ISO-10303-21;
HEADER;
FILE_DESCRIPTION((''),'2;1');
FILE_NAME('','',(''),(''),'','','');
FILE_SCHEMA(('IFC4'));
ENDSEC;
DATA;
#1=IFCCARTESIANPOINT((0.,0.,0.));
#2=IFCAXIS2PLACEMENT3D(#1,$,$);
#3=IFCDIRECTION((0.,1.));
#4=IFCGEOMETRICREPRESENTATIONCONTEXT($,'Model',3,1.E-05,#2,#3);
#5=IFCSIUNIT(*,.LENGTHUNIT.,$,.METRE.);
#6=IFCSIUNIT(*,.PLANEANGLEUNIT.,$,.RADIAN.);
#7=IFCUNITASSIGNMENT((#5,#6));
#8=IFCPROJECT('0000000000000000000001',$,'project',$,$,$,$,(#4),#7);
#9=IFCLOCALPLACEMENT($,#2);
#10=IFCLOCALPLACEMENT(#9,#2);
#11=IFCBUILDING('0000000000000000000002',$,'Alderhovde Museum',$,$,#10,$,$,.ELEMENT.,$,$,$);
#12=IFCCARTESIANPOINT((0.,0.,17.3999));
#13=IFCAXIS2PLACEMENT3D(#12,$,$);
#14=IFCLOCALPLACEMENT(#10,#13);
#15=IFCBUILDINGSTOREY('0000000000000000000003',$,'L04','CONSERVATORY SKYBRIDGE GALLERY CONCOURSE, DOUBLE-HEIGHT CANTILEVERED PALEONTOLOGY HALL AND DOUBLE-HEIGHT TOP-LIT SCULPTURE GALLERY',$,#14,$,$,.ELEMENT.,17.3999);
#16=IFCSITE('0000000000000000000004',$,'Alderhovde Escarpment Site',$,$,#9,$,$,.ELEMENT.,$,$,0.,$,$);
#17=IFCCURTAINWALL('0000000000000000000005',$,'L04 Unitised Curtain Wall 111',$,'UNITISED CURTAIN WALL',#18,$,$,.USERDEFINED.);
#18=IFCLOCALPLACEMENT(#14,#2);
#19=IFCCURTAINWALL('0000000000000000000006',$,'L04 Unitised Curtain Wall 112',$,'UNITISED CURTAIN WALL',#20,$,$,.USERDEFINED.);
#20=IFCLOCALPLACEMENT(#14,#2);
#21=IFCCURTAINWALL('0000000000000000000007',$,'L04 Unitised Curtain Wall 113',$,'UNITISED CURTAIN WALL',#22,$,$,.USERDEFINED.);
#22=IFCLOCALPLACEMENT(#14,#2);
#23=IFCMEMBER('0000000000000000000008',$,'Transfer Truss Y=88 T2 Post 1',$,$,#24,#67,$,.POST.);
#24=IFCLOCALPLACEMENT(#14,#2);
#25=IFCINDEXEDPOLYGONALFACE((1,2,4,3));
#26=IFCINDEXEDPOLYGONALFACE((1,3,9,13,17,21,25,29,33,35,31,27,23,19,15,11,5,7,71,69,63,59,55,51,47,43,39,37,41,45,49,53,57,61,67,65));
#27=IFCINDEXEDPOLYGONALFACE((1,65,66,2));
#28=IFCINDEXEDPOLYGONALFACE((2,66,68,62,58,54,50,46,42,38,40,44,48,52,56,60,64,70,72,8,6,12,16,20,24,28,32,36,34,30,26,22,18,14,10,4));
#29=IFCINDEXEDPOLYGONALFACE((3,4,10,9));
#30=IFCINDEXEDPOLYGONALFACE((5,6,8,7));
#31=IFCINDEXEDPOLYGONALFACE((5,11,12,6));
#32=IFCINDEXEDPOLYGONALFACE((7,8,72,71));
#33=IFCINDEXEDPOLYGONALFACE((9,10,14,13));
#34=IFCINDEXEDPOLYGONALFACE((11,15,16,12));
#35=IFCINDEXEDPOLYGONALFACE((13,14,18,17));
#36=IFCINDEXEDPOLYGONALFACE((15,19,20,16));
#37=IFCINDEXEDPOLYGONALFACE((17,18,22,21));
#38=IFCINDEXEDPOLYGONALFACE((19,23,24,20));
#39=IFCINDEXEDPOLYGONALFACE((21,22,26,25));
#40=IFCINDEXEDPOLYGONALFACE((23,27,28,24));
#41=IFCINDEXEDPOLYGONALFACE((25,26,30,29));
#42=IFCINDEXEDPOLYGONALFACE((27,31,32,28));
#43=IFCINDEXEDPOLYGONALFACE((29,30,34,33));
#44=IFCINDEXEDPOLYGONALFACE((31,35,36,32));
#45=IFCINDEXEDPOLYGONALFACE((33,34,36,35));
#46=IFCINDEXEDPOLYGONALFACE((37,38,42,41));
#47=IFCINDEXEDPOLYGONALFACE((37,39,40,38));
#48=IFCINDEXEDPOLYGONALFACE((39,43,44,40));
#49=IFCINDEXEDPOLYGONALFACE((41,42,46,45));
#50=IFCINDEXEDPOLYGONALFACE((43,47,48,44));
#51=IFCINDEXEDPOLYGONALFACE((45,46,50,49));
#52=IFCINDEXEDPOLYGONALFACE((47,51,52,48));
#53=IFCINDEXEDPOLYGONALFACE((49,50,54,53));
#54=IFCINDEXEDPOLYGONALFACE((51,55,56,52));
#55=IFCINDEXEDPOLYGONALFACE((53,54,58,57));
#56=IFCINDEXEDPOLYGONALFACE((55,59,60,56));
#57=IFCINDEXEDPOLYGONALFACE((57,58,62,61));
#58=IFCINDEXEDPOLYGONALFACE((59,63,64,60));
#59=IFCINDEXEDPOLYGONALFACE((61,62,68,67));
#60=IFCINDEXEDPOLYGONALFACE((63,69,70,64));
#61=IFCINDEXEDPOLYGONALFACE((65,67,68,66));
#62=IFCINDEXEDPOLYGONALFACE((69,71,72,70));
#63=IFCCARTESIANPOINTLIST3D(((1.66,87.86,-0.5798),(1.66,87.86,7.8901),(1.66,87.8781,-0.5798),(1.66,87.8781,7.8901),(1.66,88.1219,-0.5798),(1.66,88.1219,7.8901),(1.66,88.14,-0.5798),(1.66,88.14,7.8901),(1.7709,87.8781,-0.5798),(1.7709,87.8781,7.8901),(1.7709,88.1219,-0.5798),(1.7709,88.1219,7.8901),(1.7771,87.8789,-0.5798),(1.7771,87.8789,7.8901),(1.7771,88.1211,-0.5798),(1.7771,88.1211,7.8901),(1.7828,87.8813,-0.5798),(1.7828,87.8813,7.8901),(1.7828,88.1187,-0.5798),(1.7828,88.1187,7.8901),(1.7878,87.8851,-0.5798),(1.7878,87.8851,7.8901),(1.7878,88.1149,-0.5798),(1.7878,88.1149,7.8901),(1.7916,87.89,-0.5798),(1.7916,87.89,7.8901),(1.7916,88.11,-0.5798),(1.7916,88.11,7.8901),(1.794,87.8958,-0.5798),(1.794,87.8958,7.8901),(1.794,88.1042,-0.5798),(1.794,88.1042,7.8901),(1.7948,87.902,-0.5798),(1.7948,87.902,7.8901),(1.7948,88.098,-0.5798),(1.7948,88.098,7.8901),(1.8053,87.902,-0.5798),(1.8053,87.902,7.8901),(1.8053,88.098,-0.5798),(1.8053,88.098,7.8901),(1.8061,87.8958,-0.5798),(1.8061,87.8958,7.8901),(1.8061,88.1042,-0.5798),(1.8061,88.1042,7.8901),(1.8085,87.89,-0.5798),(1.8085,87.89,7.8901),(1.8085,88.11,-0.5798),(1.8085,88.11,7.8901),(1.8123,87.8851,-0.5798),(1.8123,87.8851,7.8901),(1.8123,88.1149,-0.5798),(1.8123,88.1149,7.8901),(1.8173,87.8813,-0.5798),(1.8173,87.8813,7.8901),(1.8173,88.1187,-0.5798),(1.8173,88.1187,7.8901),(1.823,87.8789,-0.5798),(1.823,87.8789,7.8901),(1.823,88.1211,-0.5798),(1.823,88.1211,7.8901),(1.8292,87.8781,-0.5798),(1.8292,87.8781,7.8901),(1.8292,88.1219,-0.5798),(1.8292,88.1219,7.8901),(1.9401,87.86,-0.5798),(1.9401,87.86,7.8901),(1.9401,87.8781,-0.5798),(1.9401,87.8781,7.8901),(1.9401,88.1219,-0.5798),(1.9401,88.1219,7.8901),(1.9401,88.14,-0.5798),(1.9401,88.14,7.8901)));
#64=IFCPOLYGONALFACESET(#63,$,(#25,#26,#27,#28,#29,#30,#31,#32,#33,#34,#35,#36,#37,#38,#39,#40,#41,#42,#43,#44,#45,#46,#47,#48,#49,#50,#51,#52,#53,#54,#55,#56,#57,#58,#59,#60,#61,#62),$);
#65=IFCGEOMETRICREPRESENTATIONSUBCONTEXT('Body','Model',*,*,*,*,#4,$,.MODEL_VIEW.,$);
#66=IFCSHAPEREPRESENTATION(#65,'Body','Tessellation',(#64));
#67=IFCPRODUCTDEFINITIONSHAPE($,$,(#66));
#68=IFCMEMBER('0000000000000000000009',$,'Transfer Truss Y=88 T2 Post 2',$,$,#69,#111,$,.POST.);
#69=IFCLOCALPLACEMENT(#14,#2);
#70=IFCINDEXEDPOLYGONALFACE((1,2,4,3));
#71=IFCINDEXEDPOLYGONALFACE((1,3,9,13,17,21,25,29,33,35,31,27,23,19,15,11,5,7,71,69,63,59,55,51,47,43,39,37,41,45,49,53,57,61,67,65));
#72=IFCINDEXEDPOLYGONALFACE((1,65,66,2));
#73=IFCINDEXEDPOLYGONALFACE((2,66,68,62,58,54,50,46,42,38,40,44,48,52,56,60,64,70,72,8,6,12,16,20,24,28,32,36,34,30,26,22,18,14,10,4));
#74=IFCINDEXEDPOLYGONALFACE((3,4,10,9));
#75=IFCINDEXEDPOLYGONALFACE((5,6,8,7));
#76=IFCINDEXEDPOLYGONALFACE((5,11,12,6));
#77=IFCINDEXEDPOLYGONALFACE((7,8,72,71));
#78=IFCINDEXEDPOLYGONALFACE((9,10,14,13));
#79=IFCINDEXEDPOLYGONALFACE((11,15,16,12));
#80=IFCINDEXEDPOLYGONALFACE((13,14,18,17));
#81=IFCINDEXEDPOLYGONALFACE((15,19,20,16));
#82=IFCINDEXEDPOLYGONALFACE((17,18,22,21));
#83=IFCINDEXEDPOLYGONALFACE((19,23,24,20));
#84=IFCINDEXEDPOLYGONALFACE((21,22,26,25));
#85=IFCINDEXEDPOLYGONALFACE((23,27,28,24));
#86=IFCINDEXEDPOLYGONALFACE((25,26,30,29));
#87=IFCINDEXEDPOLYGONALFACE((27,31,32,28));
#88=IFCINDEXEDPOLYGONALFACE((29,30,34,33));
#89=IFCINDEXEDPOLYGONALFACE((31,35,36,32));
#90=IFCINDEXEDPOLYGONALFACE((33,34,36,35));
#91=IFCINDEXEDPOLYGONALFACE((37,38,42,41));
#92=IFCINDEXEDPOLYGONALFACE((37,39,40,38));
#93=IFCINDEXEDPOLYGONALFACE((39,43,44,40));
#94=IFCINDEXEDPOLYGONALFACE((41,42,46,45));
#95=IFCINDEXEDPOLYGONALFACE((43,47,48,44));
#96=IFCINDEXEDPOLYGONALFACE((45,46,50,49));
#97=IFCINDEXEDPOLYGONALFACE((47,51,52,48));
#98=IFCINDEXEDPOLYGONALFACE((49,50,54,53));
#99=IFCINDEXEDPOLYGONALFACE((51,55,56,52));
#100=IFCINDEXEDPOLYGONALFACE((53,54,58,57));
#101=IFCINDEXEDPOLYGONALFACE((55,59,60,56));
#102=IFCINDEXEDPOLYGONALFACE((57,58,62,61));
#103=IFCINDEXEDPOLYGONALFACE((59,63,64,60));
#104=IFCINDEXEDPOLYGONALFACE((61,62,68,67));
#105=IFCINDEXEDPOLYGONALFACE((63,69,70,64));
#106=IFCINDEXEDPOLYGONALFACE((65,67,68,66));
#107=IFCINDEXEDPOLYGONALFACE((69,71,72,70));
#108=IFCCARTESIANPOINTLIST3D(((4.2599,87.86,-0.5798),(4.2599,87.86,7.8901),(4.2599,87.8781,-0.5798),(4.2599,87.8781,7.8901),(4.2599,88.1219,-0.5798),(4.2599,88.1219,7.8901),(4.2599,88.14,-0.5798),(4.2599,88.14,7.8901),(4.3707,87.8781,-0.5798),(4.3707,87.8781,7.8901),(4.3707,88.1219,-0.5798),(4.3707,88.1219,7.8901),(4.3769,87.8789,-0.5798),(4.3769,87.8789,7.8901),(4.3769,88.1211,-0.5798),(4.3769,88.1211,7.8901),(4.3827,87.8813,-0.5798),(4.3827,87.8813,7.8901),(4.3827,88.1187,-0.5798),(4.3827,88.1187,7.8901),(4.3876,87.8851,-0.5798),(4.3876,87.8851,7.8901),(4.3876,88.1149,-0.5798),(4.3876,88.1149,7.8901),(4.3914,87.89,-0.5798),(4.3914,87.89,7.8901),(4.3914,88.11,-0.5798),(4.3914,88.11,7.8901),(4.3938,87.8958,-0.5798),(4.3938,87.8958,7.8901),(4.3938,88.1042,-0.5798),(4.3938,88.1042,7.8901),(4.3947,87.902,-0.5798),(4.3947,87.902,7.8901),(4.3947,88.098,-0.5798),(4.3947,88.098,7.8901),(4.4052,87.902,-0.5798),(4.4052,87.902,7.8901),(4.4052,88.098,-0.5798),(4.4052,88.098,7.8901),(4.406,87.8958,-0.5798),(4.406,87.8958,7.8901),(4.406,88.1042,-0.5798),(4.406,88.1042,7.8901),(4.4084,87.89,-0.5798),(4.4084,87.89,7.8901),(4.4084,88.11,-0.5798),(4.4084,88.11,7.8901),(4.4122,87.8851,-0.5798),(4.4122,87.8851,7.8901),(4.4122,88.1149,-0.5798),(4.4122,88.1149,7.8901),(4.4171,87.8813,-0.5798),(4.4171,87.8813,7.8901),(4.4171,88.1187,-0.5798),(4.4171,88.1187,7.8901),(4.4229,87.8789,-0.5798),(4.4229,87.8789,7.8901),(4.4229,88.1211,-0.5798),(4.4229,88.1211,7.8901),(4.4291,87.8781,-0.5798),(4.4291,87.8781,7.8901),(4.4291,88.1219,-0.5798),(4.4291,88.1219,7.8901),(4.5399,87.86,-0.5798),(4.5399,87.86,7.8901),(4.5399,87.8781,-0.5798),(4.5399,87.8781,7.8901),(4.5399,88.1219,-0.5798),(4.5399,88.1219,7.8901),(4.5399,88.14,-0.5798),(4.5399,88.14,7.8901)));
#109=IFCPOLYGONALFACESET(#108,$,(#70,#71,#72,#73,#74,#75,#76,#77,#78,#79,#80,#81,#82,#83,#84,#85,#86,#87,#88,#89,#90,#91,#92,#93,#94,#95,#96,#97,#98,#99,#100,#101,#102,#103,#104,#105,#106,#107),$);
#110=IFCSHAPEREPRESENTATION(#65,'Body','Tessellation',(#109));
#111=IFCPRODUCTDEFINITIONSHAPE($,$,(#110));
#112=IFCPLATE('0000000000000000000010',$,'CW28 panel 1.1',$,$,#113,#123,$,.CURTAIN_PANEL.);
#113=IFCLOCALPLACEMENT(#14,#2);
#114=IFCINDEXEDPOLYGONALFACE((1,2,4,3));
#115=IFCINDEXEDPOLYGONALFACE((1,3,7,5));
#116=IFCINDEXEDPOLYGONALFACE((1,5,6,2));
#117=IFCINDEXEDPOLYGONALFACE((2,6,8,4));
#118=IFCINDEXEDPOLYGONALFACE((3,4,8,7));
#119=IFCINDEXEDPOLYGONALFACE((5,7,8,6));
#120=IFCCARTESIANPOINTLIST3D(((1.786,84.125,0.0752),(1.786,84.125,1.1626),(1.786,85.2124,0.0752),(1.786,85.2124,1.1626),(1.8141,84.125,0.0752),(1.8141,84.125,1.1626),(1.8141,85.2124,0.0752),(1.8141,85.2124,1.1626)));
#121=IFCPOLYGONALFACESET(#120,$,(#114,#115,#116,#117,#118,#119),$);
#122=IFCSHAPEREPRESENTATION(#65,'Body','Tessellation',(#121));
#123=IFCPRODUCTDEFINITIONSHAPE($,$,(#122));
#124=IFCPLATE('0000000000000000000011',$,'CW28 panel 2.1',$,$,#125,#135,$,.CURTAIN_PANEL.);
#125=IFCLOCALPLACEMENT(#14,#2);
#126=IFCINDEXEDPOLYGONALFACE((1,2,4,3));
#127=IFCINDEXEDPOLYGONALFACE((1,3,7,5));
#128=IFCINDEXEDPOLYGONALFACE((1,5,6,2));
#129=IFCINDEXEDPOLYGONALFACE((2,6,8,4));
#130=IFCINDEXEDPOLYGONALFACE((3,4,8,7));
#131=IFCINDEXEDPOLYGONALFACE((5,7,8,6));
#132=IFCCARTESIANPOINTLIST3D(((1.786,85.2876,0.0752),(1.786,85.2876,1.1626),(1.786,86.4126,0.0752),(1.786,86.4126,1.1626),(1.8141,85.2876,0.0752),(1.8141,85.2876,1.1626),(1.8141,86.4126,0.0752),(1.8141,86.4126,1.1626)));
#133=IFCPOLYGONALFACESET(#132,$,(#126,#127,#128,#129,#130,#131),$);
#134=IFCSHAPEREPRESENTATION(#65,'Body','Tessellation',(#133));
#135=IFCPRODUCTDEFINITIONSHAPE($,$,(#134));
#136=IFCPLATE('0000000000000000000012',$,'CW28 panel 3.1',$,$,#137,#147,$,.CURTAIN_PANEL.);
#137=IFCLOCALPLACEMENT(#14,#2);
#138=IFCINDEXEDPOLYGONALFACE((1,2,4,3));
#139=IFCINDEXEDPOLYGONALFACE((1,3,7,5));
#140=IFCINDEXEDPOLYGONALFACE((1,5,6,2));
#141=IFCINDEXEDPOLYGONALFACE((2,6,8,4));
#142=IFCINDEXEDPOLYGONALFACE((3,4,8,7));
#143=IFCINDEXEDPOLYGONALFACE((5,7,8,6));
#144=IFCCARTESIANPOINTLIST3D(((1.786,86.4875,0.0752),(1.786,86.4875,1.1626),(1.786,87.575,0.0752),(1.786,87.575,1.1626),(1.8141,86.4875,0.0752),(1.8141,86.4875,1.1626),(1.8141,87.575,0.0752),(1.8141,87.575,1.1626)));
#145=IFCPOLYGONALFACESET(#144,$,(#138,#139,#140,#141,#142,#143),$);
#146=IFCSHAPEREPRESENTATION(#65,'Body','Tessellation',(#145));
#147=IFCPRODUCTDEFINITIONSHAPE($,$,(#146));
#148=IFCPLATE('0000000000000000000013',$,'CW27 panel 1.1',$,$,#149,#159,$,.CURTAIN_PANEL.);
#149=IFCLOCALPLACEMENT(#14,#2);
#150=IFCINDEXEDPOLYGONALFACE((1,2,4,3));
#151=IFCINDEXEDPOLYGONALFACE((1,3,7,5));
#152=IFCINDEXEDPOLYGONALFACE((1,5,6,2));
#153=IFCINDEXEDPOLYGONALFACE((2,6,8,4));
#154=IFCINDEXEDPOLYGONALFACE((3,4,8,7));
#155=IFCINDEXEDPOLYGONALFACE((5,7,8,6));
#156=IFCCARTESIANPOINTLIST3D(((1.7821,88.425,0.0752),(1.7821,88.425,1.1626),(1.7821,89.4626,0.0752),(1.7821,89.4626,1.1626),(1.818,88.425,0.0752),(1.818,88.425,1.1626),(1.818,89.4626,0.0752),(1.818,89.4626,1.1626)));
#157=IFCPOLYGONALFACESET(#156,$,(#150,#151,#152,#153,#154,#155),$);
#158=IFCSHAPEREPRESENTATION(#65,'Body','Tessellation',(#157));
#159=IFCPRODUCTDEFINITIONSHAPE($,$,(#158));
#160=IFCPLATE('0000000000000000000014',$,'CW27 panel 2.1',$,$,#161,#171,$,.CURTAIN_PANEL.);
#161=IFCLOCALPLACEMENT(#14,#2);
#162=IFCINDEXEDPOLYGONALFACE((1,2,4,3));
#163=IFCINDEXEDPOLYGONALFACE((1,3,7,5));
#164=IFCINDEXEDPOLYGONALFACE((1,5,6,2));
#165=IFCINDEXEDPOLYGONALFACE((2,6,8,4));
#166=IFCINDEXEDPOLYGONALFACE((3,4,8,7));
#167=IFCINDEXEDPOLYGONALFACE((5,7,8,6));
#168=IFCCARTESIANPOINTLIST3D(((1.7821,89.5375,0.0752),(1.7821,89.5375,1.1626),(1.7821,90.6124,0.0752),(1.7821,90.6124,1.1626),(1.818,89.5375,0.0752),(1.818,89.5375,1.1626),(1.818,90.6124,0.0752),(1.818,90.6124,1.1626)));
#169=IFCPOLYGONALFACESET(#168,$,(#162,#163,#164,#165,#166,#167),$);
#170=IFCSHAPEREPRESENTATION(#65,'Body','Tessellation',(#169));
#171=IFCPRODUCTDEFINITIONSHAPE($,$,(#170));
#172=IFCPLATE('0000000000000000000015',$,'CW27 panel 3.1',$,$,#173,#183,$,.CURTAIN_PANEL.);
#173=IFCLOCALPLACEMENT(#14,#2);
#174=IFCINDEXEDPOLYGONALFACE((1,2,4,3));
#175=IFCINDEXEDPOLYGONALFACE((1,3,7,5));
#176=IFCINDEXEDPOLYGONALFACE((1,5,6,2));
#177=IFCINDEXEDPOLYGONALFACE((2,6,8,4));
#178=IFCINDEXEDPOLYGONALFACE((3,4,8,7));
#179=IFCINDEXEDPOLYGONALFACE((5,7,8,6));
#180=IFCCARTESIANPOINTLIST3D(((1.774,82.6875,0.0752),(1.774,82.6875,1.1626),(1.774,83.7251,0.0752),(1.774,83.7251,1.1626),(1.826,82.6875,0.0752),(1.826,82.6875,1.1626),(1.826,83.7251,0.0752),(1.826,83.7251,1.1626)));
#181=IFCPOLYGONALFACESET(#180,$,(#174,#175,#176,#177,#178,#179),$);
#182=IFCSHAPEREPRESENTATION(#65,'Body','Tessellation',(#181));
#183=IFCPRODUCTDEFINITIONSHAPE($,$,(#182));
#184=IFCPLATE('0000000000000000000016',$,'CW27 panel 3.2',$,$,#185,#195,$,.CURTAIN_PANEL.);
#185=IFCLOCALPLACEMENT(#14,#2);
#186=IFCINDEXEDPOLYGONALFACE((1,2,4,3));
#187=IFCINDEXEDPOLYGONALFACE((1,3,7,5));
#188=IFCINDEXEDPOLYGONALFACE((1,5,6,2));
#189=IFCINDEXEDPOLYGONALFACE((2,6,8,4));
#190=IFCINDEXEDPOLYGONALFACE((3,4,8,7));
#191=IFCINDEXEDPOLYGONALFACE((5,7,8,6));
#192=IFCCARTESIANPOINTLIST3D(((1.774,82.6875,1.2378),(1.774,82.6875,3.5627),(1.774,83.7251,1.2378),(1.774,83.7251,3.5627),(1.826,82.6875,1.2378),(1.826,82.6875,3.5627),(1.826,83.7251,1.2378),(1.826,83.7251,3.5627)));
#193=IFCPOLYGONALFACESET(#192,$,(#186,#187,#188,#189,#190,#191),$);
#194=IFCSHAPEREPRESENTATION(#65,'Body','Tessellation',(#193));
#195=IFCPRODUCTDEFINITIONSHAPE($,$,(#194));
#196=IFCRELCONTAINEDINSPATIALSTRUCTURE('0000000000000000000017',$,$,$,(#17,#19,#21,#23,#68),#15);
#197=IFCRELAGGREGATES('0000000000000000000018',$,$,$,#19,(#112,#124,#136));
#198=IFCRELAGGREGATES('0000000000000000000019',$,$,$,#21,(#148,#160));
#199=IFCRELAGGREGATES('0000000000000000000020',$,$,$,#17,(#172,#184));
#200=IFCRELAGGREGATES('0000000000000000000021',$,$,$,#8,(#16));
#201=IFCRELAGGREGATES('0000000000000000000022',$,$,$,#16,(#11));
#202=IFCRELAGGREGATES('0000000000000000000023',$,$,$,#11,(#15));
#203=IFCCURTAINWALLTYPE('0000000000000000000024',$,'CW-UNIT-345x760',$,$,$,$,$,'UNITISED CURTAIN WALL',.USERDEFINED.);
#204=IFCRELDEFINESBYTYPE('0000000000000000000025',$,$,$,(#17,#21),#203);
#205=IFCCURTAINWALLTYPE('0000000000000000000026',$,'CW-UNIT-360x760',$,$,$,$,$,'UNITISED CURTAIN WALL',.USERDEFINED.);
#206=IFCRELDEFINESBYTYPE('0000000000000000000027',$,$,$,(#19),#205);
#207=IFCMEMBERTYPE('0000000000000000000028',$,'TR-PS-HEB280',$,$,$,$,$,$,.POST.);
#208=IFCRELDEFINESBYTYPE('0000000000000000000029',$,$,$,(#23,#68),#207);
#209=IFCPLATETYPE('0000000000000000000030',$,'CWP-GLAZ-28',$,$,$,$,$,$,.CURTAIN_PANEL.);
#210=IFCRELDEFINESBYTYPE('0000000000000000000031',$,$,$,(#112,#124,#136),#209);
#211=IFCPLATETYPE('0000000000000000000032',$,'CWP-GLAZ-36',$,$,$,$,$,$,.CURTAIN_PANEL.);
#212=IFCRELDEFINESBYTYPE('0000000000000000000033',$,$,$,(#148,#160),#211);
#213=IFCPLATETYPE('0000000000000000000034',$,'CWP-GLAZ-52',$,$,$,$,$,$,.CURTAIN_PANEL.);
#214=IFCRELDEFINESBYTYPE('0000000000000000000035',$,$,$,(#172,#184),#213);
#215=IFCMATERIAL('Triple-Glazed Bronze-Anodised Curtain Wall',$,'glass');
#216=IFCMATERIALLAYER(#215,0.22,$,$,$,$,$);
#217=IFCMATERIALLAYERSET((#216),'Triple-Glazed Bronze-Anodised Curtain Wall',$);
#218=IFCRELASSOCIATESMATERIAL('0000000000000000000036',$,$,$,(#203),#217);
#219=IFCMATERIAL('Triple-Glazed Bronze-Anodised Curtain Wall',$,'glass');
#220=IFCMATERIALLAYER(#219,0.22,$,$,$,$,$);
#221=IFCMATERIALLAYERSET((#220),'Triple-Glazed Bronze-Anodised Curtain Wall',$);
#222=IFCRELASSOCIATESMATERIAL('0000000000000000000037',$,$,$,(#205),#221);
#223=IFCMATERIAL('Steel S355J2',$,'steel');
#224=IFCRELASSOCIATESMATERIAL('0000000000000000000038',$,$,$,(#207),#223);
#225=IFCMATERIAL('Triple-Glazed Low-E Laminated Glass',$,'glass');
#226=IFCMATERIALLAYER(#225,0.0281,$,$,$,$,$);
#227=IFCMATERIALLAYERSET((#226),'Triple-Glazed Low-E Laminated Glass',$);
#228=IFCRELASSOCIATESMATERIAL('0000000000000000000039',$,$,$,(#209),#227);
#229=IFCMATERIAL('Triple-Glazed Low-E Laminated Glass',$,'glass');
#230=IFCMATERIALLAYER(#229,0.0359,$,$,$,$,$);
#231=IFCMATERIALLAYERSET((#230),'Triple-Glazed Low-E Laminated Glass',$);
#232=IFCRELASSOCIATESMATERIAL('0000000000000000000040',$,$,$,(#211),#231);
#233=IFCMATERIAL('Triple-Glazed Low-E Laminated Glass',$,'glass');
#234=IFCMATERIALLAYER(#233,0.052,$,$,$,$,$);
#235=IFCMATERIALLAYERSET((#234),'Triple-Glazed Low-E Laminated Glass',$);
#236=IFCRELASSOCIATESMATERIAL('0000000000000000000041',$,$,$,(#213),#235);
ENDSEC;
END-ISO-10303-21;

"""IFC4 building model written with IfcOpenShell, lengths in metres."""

from ifc_helpers import new_model, si_unit, direction, frame, origin, origin_2d, place, context, subcontext, project, spatial, rectangle, i_section, extrude, material, layer, layer_set, material_profile, profile_set, type_object, element, aggregate, save


model = new_model("IFC4")

# Units and contexts
model_context = context("Model", 3, precision=1e-05, world=origin(), true_north=direction((0.0, 1.0)))
body_context = subcontext(model_context, "Body", "Model", "MODEL_VIEW")
ifc_project = project(units=[si_unit("LENGTHUNIT", "METRE"), si_unit("PLANEANGLEUNIT", "RADIAN")], contexts=[model_context])

# Site, building, storey
site_placement = place(None, origin())
site = spatial("IfcSite", under=ifc_project, at=site_placement, Name="Alderhovde Escarpment Site", CompositionType="ELEMENT", RefElevation=0.0)
building_placement = place(site_placement, origin())
building = spatial("IfcBuilding", under=site, at=building_placement, Name="Alderhovde Museum", CompositionType="ELEMENT")
storey_placement = place(building_placement, frame((0.0, 0.0, 17.3999)))
storey = spatial("IfcBuildingStorey", under=building, at=storey_placement, Name="L04", Description="CONSERVATORY SKYBRIDGE GALLERY CONCOURSE, DOUBLE-HEIGHT CANTILEVERED PALEONTOLOGY HALL AND DOUBLE-HEIGHT TOP-LIT SCULPTURE GALLERY", CompositionType="ELEMENT", Elevation=17.3999)

# Curtain wall
ifc_material_1 = material(Name="Triple-Glazed Bronze-Anodised Curtain Wall", Category="glass")
ifc_layer_1 = layer(ifc_material_1, 0.22)
ifc_layer_set_1 = layer_set([ifc_layer_1], Name="Triple-Glazed Bronze-Anodised Curtain Wall")
curtain_wall_type_1 = type_object("IfcCurtainWallType", Name="CW-UNIT-345x760", ElementType="UNITISED CURTAIN WALL", PredefinedType="USERDEFINED", material=ifc_layer_set_1)
curtain_wall_1_placement = place(storey_placement, origin())
curtain_wall_1 = element("IfcCurtainWall", 1, at=curtain_wall_1_placement, inside=storey, type_object=curtain_wall_type_1, Name="L04 Unitised Curtain Wall 111", ObjectType="UNITISED CURTAIN WALL", PredefinedType="USERDEFINED")

# Curtain walls
ifc_material_2 = material(Name="Triple-Glazed Bronze-Anodised Curtain Wall", Category="glass")
ifc_layer_2 = layer(ifc_material_2, 0.22)
ifc_layer_set_2 = layer_set([ifc_layer_2], Name="Triple-Glazed Bronze-Anodised Curtain Wall")
curtain_wall_type_2 = type_object("IfcCurtainWallType", Name="CW-UNIT-360x760", ElementType="UNITISED CURTAIN WALL", PredefinedType="USERDEFINED", material=ifc_layer_set_2)
curtain_wall_2_placement = place(storey_placement, origin())
curtain_wall_2 = element("IfcCurtainWall", 2, at=curtain_wall_2_placement, inside=storey, type_object=curtain_wall_type_2, Name="L04 Unitised Curtain Wall 112", ObjectType="UNITISED CURTAIN WALL", PredefinedType="USERDEFINED")
curtain_wall_3_placement = place(storey_placement, origin())
curtain_wall_3 = element("IfcCurtainWall", 3, at=curtain_wall_3_placement, inside=storey, type_object=curtain_wall_type_1, Name="L04 Unitised Curtain Wall 113", ObjectType="UNITISED CURTAIN WALL", PredefinedType="USERDEFINED")

# Members
ifc_material_3 = material(Name="Steel S355J2", Category="steel")
ifc_material_profile_1 = material_profile(ifc_material_3, i_section(OverallWidth=0.28, OverallDepth=0.28, WebThickness=0.0105, FlangeThickness=0.0181, FilletRadius=0.0239, at=origin_2d()), Name="HEB 280")
ifc_profile_set_1 = profile_set([ifc_material_profile_1], Name="Steel S355J2")
member_type_1 = type_object("IfcMemberType", Name="TR-PS-HEB280", PredefinedType="POST", material=ifc_profile_set_1)
for number, where, z_axis, x_axis, name in (
    (4, (1.8, 88.0, -0.5798), (0.0, 0.0, 1.0), (1.0, 0.0, 0.0), "Transfer Truss Y=88 T2 Post 1"),
    (5, (4.3999, 88.0, -0.5798), (0.0, 0.0, 1.0), (1.0, 0.0, 0.0), "Transfer Truss Y=88 T2 Post 2"),
):
    element("IfcMember", number, at=place(storey_placement, frame(where, z_axis=z_axis, x_axis=x_axis)), inside=storey, type_object=member_type_1, Name=name, PredefinedType="POST", context=body_context, shape_type="SweptSolid", body=[
        extrude(i_section(OverallWidth=0.28, OverallDepth=0.28, WebThickness=0.0105, FlangeThickness=0.0181, FilletRadius=0.0239, at=origin_2d()), origin(), (0.0, 0.0, 1.0), 8.47),
    ])

# Plates
ifc_material_4 = material(Name="Triple-Glazed Low-E Laminated Glass", Category="glass")
ifc_layer_3 = layer(ifc_material_4, 0.0281)
ifc_layer_set_3 = layer_set([ifc_layer_3], Name="Triple-Glazed Low-E Laminated Glass")
plate_type_1 = type_object("IfcPlateType", Name="CWP-GLAZ-28", PredefinedType="CURTAIN_PANEL", material=ifc_layer_set_3)
plate_1_placement = place(storey_placement, frame((1.8, 84.6687, 0.0752), z_axis=(0.0, 0.0, 1.0), x_axis=(0.0, 1.0, 0.0)))
plate_1 = element("IfcPlate", 6, at=plate_1_placement, type_object=plate_type_1, Name="CW28 panel 1.1", PredefinedType="CURTAIN_PANEL", context=body_context, shape_type="SweptSolid", body=[
    extrude(rectangle(XDim=1.0874, YDim=0.0281, at=origin_2d()), origin(), (0.0, 0.0, 1.0), 1.0874),
])
plate_2_placement = place(storey_placement, frame((1.8, 85.8501, 0.0752), z_axis=(0.0, 0.0, 1.0), x_axis=(0.0, 1.0, 0.0)))
plate_2 = element("IfcPlate", 7, at=plate_2_placement, type_object=plate_type_1, Name="CW28 panel 2.1", PredefinedType="CURTAIN_PANEL", context=body_context, shape_type="SweptSolid", body=[
    extrude(rectangle(XDim=1.125, YDim=0.0281, at=origin_2d()), origin(), (0.0, 0.0, 1.0), 1.0874),
])
plate_3_placement = place(storey_placement, frame((1.8, 87.0312, 0.0752), z_axis=(0.0, 0.0, 1.0), x_axis=(0.0, 1.0, 0.0)))
plate_3 = element("IfcPlate", 8, at=plate_3_placement, type_object=plate_type_1, Name="CW28 panel 3.1", PredefinedType="CURTAIN_PANEL", context=body_context, shape_type="SweptSolid", body=[
    extrude(rectangle(XDim=1.0874, YDim=0.0281, at=origin_2d()), origin(), (0.0, 0.0, 1.0), 1.0874),
])
aggregate(curtain_wall_2, [plate_1, plate_2, plate_3])
ifc_material_5 = material(Name="Triple-Glazed Low-E Laminated Glass", Category="glass")
ifc_layer_4 = layer(ifc_material_5, 0.0359)
ifc_layer_set_4 = layer_set([ifc_layer_4], Name="Triple-Glazed Low-E Laminated Glass")
plate_type_2 = type_object("IfcPlateType", Name="CWP-GLAZ-36", PredefinedType="CURTAIN_PANEL", material=ifc_layer_set_4)
plate_4_placement = place(storey_placement, frame((1.8, 88.9438, 0.0752), z_axis=(0.0, 0.0, 1.0), x_axis=(0.0, 1.0, 0.0)))
plate_4 = element("IfcPlate", 9, at=plate_4_placement, type_object=plate_type_2, Name="CW27 panel 1.1", PredefinedType="CURTAIN_PANEL", context=body_context, shape_type="SweptSolid", body=[
    extrude(rectangle(XDim=1.0376, YDim=0.0359, at=origin_2d()), origin(), (0.0, 0.0, 1.0), 1.0874),
])
plate_5_placement = place(storey_placement, frame((1.8, 90.075, 0.0752), z_axis=(0.0, 0.0, 1.0), x_axis=(0.0, 1.0, 0.0)))
plate_5 = element("IfcPlate", 10, at=plate_5_placement, type_object=plate_type_2, Name="CW27 panel 2.1", PredefinedType="CURTAIN_PANEL", context=body_context, shape_type="SweptSolid", body=[
    extrude(rectangle(XDim=1.075, YDim=0.0359, at=origin_2d()), origin(), (0.0, 0.0, 1.0), 1.0874),
])
aggregate(curtain_wall_3, [plate_4, plate_5])
ifc_material_6 = material(Name="Triple-Glazed Low-E Laminated Glass", Category="glass")
ifc_layer_5 = layer(ifc_material_6, 0.052)
ifc_layer_set_5 = layer_set([ifc_layer_5], Name="Triple-Glazed Low-E Laminated Glass")
plate_type_3 = type_object("IfcPlateType", Name="CWP-GLAZ-52", PredefinedType="CURTAIN_PANEL", material=ifc_layer_set_5)
plate_6_placement = place(storey_placement, frame((1.8, 83.2063, 0.0752), z_axis=(0.0, 0.0, 1.0), x_axis=(0.0, 1.0, 0.0)))
plate_6 = element("IfcPlate", 11, at=plate_6_placement, type_object=plate_type_3, Name="CW27 panel 3.1", PredefinedType="CURTAIN_PANEL", context=body_context, shape_type="SweptSolid", body=[
    extrude(rectangle(XDim=1.0376, YDim=0.052, at=origin_2d()), origin(), (0.0, 0.0, 1.0), 1.0874),
])
plate_7_placement = place(storey_placement, frame((1.8, 83.2063, 1.2378), z_axis=(0.0, 0.0, 1.0), x_axis=(0.0, 1.0, 0.0)))
plate_7 = element("IfcPlate", 12, at=plate_7_placement, type_object=plate_type_3, Name="CW27 panel 3.2", PredefinedType="CURTAIN_PANEL", context=body_context, shape_type="SweptSolid", body=[
    extrude(rectangle(XDim=1.0376, YDim=0.052, at=origin_2d()), origin(), (0.0, 0.0, 1.0), 2.325),
])
aggregate(curtain_wall_1, [plate_6, plate_7])

save(model, "model.ifc")
